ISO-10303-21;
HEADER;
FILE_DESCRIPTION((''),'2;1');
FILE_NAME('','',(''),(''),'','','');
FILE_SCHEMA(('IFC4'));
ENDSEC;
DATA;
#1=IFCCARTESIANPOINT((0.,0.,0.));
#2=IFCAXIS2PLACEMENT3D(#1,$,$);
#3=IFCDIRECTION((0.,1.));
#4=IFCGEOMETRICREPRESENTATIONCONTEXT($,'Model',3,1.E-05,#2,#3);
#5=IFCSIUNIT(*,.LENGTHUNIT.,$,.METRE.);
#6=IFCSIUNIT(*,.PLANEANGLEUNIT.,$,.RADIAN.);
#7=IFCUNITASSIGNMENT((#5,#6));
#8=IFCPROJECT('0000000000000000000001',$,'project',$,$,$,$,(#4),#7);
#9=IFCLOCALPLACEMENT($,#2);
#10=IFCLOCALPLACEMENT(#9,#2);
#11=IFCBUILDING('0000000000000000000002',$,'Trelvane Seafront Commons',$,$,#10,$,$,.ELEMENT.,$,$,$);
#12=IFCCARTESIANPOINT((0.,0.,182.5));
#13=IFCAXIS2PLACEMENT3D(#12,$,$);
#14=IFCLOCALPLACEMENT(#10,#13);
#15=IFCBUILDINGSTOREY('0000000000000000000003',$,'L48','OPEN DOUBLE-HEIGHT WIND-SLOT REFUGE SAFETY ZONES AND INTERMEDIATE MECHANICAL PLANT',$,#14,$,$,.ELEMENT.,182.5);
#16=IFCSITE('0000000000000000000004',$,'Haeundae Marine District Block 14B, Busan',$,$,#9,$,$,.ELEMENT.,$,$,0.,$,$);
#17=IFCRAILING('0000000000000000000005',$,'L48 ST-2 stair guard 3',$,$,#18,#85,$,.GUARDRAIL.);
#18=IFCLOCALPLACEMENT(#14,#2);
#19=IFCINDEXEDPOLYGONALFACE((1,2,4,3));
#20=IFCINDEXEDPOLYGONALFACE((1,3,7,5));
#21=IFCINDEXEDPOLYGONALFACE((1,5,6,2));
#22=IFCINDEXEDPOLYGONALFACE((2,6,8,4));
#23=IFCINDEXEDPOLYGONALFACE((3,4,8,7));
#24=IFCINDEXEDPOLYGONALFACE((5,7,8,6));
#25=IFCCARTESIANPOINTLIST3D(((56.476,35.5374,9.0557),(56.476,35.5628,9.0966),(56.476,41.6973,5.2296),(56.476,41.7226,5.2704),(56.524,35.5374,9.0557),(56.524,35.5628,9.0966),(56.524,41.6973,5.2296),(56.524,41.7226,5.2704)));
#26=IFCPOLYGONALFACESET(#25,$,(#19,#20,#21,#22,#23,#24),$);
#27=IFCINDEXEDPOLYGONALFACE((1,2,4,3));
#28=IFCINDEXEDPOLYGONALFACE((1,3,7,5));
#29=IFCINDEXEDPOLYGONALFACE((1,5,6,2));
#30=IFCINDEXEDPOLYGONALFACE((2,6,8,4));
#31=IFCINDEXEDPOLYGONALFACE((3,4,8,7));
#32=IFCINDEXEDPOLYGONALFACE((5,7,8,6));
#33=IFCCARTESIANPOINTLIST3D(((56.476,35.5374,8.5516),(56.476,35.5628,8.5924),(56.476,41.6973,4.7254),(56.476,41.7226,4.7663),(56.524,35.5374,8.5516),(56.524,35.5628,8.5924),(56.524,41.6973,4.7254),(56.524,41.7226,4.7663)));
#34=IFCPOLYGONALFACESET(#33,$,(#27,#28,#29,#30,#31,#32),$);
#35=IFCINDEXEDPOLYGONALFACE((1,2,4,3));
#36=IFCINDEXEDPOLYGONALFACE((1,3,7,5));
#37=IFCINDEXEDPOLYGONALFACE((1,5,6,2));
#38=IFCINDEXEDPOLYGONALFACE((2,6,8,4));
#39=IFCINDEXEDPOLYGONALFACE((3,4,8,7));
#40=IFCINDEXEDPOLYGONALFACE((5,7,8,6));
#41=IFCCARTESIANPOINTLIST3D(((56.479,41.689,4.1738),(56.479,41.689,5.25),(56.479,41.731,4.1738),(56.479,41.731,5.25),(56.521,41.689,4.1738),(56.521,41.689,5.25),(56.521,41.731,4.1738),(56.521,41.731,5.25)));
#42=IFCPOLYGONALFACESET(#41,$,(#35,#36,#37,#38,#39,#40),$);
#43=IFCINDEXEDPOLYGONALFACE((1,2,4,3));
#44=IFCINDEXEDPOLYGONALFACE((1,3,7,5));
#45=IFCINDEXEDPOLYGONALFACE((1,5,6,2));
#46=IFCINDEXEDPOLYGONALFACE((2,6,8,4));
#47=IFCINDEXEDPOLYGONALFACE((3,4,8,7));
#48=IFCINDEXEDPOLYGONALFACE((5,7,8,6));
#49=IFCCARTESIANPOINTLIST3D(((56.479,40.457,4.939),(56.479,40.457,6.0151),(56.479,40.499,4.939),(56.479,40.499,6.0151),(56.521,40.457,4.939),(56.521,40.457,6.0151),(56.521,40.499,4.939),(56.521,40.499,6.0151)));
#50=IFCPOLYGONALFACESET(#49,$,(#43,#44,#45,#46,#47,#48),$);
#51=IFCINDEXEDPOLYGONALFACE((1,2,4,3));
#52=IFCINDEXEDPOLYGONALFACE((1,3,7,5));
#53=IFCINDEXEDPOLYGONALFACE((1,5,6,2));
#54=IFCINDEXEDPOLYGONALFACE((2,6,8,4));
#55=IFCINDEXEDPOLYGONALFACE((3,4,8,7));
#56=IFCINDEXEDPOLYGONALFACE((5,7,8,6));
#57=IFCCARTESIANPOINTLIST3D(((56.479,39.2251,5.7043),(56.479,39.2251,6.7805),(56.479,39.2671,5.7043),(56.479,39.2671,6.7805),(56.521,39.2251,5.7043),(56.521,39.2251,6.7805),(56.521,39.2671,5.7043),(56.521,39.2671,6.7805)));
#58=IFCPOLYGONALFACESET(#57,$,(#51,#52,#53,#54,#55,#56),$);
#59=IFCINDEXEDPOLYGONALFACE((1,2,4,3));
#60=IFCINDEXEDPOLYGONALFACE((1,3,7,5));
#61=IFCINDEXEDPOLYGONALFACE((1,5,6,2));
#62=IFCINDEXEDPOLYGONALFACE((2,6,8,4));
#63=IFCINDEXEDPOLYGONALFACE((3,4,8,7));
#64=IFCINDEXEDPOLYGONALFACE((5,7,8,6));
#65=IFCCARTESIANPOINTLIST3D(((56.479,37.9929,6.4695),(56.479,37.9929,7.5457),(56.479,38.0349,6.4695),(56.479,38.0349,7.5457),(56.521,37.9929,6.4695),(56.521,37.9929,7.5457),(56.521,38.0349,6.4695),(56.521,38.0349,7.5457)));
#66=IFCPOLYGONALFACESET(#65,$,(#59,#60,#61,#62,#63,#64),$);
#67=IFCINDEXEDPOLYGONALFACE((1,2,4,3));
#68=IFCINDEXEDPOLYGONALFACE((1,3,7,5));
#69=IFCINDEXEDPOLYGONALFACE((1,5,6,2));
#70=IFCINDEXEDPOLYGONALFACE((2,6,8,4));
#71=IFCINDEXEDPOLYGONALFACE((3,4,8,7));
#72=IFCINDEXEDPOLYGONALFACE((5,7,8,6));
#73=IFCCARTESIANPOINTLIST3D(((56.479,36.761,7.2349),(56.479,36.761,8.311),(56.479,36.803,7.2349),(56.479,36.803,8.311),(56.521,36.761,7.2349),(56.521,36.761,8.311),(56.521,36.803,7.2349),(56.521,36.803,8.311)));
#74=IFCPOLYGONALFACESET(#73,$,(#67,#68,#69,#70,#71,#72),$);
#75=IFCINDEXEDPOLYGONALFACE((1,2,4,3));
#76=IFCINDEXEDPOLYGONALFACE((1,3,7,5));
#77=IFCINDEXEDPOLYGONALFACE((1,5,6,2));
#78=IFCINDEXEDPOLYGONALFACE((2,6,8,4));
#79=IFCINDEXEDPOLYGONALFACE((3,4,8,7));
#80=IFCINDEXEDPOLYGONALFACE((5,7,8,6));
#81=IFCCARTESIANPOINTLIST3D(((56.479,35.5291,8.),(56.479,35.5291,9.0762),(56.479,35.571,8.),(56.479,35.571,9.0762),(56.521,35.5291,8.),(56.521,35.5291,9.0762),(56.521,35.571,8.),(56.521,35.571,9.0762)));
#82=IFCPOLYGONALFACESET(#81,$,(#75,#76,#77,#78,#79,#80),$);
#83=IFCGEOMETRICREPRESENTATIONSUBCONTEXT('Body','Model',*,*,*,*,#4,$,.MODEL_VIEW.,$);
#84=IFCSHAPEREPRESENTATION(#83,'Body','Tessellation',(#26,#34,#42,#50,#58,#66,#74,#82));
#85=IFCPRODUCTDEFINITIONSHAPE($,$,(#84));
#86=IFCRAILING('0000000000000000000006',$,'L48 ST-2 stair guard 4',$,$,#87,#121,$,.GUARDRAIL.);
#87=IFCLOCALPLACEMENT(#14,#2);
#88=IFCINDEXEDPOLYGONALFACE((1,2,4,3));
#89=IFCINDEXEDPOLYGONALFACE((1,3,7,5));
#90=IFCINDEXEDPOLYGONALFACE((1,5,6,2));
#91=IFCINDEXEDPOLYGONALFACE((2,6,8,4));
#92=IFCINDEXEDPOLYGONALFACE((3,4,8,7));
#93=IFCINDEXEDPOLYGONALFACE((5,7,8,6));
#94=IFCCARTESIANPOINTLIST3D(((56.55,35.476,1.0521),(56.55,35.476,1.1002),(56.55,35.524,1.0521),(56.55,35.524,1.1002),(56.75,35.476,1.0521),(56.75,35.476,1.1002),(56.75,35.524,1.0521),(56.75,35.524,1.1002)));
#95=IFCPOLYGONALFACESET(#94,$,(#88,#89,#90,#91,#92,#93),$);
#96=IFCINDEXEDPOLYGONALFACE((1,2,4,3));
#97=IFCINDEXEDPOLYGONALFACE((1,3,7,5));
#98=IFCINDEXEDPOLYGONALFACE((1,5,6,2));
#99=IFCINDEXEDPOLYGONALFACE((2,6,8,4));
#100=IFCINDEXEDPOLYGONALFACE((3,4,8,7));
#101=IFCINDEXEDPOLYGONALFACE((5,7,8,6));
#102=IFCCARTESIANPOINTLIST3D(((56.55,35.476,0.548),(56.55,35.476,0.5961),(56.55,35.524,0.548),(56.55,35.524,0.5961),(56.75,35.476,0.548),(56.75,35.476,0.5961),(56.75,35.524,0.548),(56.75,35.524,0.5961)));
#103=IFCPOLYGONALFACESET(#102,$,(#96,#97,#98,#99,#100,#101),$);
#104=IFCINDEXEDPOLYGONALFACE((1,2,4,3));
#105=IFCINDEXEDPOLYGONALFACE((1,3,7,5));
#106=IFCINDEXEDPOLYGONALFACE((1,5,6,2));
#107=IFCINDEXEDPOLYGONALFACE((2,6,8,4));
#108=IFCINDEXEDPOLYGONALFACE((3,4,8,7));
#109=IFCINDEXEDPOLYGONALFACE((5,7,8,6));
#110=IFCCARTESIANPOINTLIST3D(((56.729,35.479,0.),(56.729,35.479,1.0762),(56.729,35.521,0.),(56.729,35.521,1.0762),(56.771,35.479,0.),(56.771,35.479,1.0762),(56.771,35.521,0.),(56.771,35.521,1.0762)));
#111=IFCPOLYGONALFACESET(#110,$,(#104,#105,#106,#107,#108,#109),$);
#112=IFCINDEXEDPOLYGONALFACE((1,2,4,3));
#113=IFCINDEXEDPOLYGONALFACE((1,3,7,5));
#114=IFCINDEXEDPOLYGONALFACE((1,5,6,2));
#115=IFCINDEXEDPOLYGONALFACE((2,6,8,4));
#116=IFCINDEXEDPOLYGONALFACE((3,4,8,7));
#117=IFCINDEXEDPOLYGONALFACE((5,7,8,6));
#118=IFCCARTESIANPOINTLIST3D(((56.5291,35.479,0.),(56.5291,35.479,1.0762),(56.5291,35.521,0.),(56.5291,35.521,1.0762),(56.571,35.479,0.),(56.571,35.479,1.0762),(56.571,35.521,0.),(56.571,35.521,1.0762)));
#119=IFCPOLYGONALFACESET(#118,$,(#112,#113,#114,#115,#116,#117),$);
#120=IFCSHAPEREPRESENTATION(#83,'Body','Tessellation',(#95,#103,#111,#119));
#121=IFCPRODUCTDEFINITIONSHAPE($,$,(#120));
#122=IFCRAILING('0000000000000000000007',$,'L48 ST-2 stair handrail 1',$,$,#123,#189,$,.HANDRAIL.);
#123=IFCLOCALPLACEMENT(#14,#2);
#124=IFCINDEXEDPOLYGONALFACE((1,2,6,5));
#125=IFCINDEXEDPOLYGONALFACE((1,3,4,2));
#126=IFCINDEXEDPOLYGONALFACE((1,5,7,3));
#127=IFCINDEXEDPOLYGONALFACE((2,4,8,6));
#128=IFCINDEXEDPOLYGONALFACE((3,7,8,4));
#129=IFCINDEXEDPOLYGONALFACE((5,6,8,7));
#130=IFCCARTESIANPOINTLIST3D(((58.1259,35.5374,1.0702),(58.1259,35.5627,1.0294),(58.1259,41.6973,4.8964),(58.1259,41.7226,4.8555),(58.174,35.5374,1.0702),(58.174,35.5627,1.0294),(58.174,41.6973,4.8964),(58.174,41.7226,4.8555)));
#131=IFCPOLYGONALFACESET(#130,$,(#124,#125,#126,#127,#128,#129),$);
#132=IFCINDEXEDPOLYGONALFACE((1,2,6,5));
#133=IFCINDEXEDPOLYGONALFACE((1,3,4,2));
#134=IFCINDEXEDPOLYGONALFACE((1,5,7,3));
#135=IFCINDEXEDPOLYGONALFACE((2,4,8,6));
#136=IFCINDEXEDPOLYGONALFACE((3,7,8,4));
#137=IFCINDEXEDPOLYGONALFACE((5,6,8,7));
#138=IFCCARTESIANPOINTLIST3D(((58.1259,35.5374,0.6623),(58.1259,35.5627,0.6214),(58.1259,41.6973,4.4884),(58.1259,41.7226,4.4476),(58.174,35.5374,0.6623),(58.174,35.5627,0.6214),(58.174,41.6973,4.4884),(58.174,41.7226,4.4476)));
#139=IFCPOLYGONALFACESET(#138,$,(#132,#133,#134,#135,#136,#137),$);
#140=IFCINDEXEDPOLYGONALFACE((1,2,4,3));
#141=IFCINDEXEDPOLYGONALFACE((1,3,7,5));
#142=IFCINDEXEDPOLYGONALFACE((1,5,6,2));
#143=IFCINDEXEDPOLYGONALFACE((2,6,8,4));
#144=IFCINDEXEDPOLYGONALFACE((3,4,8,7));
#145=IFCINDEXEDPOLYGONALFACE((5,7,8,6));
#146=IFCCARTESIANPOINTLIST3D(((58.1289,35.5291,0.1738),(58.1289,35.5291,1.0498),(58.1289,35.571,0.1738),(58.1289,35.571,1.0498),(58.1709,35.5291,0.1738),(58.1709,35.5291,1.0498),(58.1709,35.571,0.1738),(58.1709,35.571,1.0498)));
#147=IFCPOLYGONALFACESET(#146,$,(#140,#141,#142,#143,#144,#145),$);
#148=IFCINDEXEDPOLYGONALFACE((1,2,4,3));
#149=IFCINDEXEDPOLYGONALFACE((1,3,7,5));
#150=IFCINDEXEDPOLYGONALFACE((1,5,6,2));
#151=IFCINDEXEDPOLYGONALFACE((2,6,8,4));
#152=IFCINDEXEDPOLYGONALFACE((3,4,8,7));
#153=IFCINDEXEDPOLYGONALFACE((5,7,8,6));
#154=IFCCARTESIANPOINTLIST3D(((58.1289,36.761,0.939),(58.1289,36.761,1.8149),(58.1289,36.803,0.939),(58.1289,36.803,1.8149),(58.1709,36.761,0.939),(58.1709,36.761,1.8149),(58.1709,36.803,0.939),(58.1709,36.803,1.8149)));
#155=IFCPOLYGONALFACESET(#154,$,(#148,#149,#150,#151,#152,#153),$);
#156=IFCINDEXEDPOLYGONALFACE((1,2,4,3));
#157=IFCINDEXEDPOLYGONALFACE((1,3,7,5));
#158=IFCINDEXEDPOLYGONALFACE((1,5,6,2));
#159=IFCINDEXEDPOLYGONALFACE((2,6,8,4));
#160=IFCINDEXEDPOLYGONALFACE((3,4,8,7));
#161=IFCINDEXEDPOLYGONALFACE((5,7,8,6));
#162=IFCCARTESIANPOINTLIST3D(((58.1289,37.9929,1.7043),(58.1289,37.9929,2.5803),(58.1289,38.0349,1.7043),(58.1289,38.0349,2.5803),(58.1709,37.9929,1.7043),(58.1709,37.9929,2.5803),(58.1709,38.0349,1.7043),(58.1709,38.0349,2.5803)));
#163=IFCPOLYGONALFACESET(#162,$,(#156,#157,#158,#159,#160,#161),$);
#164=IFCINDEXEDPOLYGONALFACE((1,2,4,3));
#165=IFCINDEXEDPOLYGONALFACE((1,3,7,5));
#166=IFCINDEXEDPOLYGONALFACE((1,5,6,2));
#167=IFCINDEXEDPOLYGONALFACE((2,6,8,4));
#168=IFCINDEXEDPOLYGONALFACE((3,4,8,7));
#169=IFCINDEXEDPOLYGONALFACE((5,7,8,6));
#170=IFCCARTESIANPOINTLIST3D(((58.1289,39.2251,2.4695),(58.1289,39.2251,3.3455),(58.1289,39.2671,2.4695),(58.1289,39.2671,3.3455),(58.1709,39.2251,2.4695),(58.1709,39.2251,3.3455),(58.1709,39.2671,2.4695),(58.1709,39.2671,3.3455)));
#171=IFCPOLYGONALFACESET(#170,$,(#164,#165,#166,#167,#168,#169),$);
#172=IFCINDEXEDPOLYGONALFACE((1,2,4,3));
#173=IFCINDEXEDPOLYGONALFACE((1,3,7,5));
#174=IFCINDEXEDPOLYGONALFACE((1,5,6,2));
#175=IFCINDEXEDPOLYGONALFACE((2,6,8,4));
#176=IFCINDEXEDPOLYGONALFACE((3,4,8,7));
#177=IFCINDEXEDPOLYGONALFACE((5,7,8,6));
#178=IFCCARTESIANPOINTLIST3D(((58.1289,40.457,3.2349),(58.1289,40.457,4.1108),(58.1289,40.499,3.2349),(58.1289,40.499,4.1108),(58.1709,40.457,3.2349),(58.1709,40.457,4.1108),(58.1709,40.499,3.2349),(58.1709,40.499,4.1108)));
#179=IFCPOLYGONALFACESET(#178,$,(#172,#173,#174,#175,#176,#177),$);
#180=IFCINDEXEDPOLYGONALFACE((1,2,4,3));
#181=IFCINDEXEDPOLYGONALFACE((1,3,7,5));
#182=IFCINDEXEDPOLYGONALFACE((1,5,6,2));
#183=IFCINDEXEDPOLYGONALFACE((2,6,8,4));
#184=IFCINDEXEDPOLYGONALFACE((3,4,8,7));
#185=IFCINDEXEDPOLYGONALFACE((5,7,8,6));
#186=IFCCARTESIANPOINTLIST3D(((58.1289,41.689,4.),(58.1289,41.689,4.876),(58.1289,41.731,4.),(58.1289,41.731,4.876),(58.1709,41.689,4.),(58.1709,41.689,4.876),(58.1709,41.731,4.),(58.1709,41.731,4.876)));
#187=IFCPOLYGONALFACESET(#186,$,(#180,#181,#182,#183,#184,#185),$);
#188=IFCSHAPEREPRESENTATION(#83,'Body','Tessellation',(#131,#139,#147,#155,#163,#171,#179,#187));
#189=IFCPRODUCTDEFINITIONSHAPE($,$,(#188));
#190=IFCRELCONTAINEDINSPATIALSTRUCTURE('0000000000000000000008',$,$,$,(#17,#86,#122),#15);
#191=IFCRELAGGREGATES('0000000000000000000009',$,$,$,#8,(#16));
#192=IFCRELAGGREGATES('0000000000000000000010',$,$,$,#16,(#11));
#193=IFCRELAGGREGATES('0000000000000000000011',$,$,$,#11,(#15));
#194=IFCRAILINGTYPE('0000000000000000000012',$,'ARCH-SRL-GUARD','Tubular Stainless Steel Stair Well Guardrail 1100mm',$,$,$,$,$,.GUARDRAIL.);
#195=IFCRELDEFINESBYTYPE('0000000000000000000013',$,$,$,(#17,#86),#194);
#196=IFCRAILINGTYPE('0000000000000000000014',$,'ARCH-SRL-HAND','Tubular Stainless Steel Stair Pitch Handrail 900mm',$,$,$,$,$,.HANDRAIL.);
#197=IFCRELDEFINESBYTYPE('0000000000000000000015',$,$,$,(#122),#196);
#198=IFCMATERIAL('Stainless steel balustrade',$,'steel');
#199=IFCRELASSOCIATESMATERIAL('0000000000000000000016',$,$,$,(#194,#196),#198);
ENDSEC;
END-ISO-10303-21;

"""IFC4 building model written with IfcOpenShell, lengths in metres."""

from ifc_helpers import new_model, si_unit, direction, frame, origin, origin_2d, place, context, subcontext, project, spatial, rectangle, extrude, material, type_object, element, save


model = new_model("IFC4")

# Units and contexts
model_context = context("Model", 3, precision=1e-05, world=origin(), true_north=direction((0.0, 1.0)))
body_context = subcontext(model_context, "Body", "Model", "MODEL_VIEW")
ifc_project = project(units=[si_unit("LENGTHUNIT", "METRE"), si_unit("PLANEANGLEUNIT", "RADIAN")], contexts=[model_context])

# Site, building, storey
site_placement = place(None, origin())
site = spatial("IfcSite", under=ifc_project, at=site_placement, Name="Haeundae Marine District Block 14B, Busan", CompositionType="ELEMENT", RefElevation=0.0)
building_placement = place(site_placement, origin())
building = spatial("IfcBuilding", under=site, at=building_placement, Name="Trelvane Seafront Commons", CompositionType="ELEMENT")
storey_placement = place(building_placement, frame((0.0, 0.0, 182.5)))
storey = spatial("IfcBuildingStorey", under=building, at=storey_placement, Name="L48", Description="OPEN DOUBLE-HEIGHT WIND-SLOT REFUGE SAFETY ZONES AND INTERMEDIATE MECHANICAL PLANT", CompositionType="ELEMENT", Elevation=182.5)

# Railings
ifc_material_1 = material(Name="Stainless steel balustrade", Category="steel")
railing_type_1 = type_object("IfcRailingType", Name="ARCH-SRL-GUARD", Description="Tubular Stainless Steel Stair Well Guardrail 1100mm", PredefinedType="GUARDRAIL", material=ifc_material_1)
railing_1_placement = place(storey_placement, frame((56.5, 41.71, 4.1738)))
element("IfcRailing", 1, at=railing_1_placement, inside=storey, type_object=railing_type_1, Name="L48 ST-2 stair guard 3", PredefinedType="GUARDRAIL", context=body_context, shape_type="SweptSolid", body=[
    extrude(rectangle(XDim=0.0481, YDim=0.0481, at=origin_2d()), frame((0.0, 0.0, 1.0762), z_axis=(0.0, -0.849468, 0.527639), x_axis=(1.0, 0.0, 0.0)), (0.0, 0.0, 1.0), 7.2515),
    extrude(rectangle(XDim=0.0481, YDim=0.0481, at=origin_2d()), frame((0.0, 0.0, 0.572), z_axis=(0.0, -0.849468, 0.527639), x_axis=(1.0, 0.0, 0.0)), (0.0, 0.0, 1.0), 7.2515),
    extrude(rectangle(XDim=0.042, YDim=0.042, at=origin_2d()), origin(), (0.0, 0.0, 1.0), 1.0762),
    extrude(rectangle(XDim=0.042, YDim=0.042, at=origin_2d()), frame((0.0, -1.2319, 0.7651)), (0.0, 0.0, 1.0), 1.0762),
    extrude(rectangle(XDim=0.042, YDim=0.042, at=origin_2d()), frame((0.0, -2.4639, 1.5305)), (0.0, 0.0, 1.0), 1.0762),
    extrude(rectangle(XDim=0.042, YDim=0.042, at=origin_2d()), frame((0.0, -3.696, 2.2957)), (0.0, 0.0, 1.0), 1.0762),
    extrude(rectangle(XDim=0.042, YDim=0.042, at=origin_2d()), frame((0.0, -4.928, 3.061)), (0.0, 0.0, 1.0), 1.0762),
    extrude(rectangle(XDim=0.042, YDim=0.042, at=origin_2d()), frame((0.0, -6.1599, 3.8262)), (0.0, 0.0, 1.0), 1.0762),
])
railing_2_placement = place(storey_placement, frame((56.75, 35.5, 0.0)))
element("IfcRailing", 2, at=railing_2_placement, inside=storey, type_object=railing_type_1, Name="L48 ST-2 stair guard 4", PredefinedType="GUARDRAIL", context=body_context, shape_type="SweptSolid", body=[
    extrude(rectangle(XDim=0.0481, YDim=0.0481, at=origin_2d()), frame((0.0, 0.0, 1.0762), z_axis=(-1.0, 0.0, 0.0), x_axis=(0.0, -1.0, 0.0)), (0.0, 0.0, 1.0), 0.2),
    extrude(rectangle(XDim=0.0481, YDim=0.0481, at=origin_2d()), frame((0.0, 0.0, 0.572), z_axis=(-1.0, 0.0, 0.0), x_axis=(0.0, -1.0, 0.0)), (0.0, 0.0, 1.0), 0.2),
    extrude(rectangle(XDim=0.042, YDim=0.042, at=origin_2d()), origin(), (0.0, 0.0, 1.0), 1.0762),
    extrude(rectangle(XDim=0.042, YDim=0.042, at=origin_2d()), frame((-0.2, 0.0, 0.0)), (0.0, 0.0, 1.0), 1.0762),
])
railing_type_2 = type_object("IfcRailingType", Name="ARCH-SRL-HAND", Description="Tubular Stainless Steel Stair Pitch Handrail 900mm", PredefinedType="HANDRAIL", material=ifc_material_1)
railing_3_placement = place(storey_placement, frame((58.1499, 35.55, 0.1738)))
element("IfcRailing", 3, at=railing_3_placement, inside=storey, type_object=railing_type_2, Name="L48 ST-2 stair handrail 1", PredefinedType="HANDRAIL", context=body_context, shape_type="SweptSolid", body=[
    extrude(rectangle(XDim=0.0481, YDim=0.0481, at=origin_2d()), frame((0.0, 0.0, 0.876), z_axis=(0.0, 0.849468, 0.527639), x_axis=(-1.0, 0.0, 0.0)), (0.0, 0.0, 1.0), 7.2515),
    extrude(rectangle(XDim=0.0481, YDim=0.0481, at=origin_2d()), frame((0.0, 0.0, 0.468), z_axis=(0.0, 0.849468, 0.527639), x_axis=(-1.0, 0.0, 0.0)), (0.0, 0.0, 1.0), 7.2515),
    extrude(rectangle(XDim=0.042, YDim=0.042, at=origin_2d()), origin(), (0.0, 0.0, 1.0), 0.876),
    extrude(rectangle(XDim=0.042, YDim=0.042, at=origin_2d()), frame((0.0, 1.2319, 0.7651)), (0.0, 0.0, 1.0), 0.876),
    extrude(rectangle(XDim=0.042, YDim=0.042, at=origin_2d()), frame((0.0, 2.4639, 1.5305)), (0.0, 0.0, 1.0), 0.876),
    extrude(rectangle(XDim=0.042, YDim=0.042, at=origin_2d()), frame((0.0, 3.696, 2.2957)), (0.0, 0.0, 1.0), 0.876),
    extrude(rectangle(XDim=0.042, YDim=0.042, at=origin_2d()), frame((0.0, 4.928, 3.061)), (0.0, 0.0, 1.0), 0.876),
    extrude(rectangle(XDim=0.042, YDim=0.042, at=origin_2d()), frame((0.0, 6.1599, 3.8262)), (0.0, 0.0, 1.0), 0.876),
])

save(model, "model.ifc")
